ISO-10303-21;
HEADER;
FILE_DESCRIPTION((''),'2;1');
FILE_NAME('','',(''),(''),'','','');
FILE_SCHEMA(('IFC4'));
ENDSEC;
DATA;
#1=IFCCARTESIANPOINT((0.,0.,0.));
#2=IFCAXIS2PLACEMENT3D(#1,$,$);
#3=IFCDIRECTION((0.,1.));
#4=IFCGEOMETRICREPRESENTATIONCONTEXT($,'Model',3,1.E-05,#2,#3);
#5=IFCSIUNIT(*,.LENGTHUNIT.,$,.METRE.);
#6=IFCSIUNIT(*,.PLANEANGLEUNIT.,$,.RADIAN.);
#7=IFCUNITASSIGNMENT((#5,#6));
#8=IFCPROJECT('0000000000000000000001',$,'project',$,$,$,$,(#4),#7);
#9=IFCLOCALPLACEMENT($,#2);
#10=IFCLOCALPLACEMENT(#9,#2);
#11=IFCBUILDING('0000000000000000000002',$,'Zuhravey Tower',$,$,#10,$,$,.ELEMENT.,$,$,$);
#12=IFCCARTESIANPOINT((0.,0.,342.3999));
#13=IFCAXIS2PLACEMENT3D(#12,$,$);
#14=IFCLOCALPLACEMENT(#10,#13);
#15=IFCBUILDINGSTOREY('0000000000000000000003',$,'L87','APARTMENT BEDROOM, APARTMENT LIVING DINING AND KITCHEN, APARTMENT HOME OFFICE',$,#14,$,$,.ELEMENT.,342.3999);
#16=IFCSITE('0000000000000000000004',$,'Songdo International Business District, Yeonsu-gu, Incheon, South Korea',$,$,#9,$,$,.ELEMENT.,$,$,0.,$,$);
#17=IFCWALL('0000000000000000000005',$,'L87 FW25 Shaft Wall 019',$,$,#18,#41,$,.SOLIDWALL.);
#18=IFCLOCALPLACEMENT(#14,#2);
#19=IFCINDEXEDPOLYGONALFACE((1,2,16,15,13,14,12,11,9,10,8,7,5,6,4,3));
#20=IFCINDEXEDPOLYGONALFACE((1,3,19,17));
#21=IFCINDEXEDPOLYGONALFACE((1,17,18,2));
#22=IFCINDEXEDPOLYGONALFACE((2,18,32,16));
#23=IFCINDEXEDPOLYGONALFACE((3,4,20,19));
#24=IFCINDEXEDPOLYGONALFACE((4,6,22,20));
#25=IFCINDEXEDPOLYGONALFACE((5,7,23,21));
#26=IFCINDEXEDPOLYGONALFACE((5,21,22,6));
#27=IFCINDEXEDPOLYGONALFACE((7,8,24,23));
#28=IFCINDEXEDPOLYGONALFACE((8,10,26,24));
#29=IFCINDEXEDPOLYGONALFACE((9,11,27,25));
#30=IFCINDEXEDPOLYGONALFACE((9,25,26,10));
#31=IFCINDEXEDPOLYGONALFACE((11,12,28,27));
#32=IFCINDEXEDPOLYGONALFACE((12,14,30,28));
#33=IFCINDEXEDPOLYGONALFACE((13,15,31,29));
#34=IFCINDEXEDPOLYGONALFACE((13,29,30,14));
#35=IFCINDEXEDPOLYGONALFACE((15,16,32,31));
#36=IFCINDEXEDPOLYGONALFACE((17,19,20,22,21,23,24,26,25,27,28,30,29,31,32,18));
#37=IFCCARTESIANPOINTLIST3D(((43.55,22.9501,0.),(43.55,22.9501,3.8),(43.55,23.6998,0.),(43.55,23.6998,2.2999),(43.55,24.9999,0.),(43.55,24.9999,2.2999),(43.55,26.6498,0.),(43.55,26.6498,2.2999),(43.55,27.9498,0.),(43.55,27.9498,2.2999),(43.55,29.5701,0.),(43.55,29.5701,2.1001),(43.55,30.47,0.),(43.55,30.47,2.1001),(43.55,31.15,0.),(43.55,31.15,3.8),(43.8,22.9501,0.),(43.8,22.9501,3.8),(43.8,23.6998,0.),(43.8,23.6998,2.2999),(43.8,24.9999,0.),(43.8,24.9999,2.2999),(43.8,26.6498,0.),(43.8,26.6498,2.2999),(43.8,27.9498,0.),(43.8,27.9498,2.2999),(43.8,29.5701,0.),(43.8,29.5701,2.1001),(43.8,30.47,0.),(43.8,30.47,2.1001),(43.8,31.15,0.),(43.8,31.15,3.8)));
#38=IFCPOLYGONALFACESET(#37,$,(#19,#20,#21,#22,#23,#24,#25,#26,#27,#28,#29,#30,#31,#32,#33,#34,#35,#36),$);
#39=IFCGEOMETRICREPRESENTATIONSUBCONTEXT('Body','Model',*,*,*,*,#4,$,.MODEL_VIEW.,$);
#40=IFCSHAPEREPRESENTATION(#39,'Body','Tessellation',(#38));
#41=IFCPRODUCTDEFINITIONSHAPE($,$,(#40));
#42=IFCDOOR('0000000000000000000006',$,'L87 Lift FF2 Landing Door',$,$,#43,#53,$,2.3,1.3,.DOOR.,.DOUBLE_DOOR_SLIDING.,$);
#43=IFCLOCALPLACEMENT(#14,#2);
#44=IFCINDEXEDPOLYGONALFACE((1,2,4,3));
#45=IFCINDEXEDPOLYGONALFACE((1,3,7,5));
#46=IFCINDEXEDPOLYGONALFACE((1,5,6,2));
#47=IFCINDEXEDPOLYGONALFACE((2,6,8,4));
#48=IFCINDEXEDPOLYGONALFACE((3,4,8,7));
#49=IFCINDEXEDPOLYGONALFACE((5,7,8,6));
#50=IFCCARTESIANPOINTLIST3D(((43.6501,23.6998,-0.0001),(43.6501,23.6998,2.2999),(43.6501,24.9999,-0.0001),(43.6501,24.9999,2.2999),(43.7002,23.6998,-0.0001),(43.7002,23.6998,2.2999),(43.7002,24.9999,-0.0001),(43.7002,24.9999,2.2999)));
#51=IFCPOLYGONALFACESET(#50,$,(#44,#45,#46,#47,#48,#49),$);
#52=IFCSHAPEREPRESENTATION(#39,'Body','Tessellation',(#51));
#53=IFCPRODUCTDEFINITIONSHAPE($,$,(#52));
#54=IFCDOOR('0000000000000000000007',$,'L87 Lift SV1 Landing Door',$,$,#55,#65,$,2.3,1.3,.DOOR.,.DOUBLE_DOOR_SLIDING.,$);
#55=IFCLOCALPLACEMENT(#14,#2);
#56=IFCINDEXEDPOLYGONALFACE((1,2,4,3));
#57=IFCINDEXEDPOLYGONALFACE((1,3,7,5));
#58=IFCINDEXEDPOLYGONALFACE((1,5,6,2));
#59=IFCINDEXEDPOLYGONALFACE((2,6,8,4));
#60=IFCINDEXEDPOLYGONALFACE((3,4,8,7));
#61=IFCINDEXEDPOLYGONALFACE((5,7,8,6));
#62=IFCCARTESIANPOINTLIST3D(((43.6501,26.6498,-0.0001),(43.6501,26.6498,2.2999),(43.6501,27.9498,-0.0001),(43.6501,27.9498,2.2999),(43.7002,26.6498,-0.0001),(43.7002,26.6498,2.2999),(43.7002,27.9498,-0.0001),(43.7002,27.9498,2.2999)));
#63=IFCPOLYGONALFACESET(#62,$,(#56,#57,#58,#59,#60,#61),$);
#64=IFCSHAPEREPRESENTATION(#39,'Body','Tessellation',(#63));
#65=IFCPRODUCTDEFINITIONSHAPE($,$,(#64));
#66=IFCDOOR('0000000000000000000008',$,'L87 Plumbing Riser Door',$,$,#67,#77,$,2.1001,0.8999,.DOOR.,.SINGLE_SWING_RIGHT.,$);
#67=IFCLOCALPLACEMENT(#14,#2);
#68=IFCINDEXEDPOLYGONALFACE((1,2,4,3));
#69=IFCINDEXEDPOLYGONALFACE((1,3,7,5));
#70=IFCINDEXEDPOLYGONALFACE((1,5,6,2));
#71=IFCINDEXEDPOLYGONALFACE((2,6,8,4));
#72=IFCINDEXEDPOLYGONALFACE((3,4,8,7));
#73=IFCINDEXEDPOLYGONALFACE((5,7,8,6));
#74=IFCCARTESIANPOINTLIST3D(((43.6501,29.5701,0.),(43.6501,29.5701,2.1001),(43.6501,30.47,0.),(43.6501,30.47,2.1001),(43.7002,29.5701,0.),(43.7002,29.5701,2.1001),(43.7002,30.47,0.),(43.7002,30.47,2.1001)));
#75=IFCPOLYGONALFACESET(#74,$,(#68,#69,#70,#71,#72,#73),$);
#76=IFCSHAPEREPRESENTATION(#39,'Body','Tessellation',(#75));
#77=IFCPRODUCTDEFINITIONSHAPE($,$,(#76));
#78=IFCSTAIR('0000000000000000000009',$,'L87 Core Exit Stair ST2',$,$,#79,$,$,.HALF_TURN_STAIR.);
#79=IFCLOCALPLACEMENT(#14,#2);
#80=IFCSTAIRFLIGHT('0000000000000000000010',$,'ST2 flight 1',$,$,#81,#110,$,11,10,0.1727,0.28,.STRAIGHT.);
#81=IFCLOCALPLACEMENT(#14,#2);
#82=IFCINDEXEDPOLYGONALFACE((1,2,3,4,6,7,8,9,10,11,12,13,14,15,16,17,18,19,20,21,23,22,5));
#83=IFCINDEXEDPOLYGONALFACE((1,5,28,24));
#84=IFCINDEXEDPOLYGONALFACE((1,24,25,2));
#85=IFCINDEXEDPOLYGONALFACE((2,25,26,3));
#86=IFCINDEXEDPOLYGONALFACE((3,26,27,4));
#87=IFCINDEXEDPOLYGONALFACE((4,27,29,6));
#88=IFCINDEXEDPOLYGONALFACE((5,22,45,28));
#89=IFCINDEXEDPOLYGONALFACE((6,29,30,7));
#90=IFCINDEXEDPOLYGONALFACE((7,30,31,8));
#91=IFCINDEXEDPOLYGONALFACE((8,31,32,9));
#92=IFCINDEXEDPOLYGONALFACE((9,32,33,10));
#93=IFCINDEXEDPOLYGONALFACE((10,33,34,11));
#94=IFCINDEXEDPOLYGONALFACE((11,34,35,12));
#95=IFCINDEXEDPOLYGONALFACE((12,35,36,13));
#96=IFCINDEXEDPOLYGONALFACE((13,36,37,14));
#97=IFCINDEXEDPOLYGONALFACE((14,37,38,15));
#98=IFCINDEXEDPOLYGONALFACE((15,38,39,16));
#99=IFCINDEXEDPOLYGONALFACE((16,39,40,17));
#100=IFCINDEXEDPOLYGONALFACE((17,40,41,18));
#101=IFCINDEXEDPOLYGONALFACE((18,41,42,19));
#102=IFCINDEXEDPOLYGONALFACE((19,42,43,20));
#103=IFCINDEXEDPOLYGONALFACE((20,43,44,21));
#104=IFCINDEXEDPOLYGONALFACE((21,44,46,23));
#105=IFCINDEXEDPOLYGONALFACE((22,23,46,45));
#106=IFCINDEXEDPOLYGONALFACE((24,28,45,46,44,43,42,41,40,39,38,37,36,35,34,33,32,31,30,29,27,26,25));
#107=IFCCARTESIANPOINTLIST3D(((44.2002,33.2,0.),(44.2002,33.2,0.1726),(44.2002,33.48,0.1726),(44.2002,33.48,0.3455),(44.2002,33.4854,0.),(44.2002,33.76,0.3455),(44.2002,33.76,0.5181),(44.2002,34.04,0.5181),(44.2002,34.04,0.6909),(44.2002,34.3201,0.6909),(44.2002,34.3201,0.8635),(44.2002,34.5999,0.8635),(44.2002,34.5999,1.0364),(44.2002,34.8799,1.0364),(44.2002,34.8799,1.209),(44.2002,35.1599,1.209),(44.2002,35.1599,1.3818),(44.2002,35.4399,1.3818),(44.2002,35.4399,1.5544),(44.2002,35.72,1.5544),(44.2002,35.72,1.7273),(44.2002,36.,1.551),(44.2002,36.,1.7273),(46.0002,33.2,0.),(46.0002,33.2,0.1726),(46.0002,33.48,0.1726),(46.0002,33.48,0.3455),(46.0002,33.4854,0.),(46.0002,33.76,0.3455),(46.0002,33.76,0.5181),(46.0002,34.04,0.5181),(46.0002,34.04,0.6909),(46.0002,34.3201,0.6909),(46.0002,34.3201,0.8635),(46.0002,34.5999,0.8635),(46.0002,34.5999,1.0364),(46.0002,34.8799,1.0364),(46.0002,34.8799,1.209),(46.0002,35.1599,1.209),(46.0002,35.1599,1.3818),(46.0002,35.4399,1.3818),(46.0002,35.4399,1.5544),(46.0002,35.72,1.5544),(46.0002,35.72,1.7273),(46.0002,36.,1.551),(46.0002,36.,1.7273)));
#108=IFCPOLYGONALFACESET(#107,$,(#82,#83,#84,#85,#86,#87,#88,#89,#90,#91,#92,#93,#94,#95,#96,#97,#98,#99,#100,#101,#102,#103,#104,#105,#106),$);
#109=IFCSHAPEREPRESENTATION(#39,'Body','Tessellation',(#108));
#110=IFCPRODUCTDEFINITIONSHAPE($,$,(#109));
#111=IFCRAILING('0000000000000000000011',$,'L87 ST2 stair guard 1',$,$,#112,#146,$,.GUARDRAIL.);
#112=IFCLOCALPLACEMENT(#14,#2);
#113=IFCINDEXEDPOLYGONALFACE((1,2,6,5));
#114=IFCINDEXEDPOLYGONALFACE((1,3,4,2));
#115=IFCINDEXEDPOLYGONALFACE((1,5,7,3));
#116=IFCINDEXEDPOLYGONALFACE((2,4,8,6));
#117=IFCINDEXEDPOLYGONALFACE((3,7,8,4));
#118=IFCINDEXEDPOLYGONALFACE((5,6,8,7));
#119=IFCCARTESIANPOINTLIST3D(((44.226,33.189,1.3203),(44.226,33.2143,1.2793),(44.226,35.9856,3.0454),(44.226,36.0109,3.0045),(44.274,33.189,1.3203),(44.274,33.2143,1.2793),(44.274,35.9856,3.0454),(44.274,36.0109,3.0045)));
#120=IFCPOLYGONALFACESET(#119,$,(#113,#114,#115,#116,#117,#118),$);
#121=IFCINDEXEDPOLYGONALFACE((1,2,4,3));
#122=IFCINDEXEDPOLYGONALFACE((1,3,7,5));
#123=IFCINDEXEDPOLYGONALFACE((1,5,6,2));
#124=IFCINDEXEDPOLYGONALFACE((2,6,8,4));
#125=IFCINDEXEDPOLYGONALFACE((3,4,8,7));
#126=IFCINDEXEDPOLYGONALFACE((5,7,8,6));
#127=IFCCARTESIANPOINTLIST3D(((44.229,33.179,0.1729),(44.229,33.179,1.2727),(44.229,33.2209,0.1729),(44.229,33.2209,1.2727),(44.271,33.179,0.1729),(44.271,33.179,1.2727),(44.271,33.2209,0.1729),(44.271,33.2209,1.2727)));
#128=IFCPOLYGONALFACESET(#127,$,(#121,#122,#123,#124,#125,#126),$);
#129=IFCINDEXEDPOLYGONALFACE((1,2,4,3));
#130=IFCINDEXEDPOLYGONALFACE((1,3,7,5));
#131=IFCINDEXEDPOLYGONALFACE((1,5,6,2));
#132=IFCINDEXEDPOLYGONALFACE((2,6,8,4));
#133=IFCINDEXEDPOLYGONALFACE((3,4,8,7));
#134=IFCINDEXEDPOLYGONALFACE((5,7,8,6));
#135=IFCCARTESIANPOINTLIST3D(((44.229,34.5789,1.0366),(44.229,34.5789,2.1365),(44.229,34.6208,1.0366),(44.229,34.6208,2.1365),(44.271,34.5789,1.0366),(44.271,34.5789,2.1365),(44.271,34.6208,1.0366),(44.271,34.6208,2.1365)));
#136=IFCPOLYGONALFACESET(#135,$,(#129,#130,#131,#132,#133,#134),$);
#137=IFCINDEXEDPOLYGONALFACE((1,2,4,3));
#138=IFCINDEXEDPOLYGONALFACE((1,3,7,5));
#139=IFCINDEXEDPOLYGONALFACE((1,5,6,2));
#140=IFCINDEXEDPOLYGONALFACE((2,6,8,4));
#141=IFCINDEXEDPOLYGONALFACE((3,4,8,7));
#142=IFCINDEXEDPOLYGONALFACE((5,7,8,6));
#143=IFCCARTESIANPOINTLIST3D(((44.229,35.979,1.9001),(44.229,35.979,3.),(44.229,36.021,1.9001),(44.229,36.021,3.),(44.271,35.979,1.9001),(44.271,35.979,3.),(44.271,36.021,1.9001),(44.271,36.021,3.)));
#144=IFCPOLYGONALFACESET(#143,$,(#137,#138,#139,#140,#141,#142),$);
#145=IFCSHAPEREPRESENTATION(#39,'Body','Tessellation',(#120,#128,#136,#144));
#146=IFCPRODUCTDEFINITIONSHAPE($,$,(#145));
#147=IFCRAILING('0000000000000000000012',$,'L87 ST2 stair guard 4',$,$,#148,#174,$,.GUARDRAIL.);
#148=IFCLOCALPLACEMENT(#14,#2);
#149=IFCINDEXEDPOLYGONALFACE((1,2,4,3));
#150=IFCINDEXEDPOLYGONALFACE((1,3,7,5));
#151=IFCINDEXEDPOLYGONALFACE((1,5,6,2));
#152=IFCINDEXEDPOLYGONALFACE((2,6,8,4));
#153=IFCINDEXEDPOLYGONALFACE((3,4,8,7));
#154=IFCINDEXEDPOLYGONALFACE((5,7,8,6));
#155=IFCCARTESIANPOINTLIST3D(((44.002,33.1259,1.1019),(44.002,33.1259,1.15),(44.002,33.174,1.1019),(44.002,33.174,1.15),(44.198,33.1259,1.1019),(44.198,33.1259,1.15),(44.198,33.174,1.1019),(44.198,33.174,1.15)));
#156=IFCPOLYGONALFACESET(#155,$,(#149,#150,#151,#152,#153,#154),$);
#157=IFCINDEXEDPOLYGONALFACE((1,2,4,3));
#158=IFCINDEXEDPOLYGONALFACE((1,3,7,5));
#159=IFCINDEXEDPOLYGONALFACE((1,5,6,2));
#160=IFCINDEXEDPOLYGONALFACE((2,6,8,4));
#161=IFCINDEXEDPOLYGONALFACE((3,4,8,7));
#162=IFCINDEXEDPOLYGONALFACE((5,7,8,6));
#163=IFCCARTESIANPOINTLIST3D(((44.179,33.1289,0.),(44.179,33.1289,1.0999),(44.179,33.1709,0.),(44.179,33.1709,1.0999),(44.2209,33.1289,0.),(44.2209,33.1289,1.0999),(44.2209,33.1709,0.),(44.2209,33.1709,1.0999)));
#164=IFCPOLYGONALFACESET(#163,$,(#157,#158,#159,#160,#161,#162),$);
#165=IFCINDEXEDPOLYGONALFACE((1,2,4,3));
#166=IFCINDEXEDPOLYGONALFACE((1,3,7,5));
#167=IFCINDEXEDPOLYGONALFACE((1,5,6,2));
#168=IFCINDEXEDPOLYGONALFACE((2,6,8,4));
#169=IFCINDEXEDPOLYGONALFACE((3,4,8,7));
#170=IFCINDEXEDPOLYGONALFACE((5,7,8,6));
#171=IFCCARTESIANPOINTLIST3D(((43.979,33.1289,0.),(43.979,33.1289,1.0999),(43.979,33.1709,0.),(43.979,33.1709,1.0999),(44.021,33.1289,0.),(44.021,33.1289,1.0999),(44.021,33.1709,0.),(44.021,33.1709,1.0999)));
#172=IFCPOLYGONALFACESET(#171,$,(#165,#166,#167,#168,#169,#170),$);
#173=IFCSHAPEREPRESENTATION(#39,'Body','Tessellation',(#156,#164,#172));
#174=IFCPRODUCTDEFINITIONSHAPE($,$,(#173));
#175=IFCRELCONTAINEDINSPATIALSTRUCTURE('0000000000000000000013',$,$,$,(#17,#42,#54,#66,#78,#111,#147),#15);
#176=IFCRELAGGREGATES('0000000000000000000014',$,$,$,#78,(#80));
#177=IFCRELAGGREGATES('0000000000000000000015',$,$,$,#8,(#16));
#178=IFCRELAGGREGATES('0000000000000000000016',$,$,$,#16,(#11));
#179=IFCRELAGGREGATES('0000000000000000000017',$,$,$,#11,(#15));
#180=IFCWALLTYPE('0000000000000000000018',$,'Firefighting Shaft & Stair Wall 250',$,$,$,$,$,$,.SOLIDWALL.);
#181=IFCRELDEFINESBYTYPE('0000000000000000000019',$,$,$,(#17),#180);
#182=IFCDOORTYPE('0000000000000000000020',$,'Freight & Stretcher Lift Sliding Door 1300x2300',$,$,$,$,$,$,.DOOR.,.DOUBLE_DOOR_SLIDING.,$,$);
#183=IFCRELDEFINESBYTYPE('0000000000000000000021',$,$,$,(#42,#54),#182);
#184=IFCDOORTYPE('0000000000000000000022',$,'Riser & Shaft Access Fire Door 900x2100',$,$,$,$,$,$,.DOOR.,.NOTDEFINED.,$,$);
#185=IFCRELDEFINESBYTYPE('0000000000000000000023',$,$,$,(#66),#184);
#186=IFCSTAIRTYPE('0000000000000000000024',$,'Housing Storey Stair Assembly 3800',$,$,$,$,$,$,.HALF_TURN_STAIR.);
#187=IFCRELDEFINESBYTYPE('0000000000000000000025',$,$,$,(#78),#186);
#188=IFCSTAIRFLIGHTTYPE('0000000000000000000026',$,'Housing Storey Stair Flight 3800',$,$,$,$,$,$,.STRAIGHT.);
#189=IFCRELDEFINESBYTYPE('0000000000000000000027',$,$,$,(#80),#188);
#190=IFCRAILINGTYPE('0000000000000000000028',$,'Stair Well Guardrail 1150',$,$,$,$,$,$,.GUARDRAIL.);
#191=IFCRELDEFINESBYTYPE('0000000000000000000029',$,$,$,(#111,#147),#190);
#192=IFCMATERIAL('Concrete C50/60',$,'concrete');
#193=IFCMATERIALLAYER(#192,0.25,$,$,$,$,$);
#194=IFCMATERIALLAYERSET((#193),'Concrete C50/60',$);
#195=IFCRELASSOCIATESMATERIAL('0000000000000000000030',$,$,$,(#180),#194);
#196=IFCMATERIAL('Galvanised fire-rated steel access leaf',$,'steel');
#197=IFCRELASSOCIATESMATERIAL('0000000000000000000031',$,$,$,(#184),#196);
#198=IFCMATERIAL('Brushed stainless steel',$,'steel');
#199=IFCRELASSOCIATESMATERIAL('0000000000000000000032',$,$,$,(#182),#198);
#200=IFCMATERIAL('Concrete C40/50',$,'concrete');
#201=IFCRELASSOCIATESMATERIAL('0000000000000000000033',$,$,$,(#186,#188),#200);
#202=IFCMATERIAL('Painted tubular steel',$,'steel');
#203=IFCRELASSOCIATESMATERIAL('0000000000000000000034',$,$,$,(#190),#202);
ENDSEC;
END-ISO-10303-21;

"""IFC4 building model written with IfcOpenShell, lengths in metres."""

from ifc_helpers import new_model, si_unit, direction, frame, frame_2d, origin, origin_2d, place, context, subcontext, project, spatial, polyline, rectangle, outline, extrude, material, layer, layer_set, type_object, element, fill, aggregate, save


model = new_model("IFC4")

# Units and contexts
model_context = context("Model", 3, precision=1e-05, world=origin(), true_north=direction((0.0, 1.0)))
body_context = subcontext(model_context, "Body", "Model", "MODEL_VIEW")
ifc_project = project(units=[si_unit("LENGTHUNIT", "METRE"), si_unit("PLANEANGLEUNIT", "RADIAN")], contexts=[model_context])

# Site, building, storey
site_placement = place(None, origin())
site = spatial("IfcSite", under=ifc_project, at=site_placement, Name="Songdo International Business District, Yeonsu-gu, Incheon, South Korea", CompositionType="ELEMENT", RefElevation=0.0)
building_placement = place(site_placement, origin())
building = spatial("IfcBuilding", under=site, at=building_placement, Name="Zuhravey Tower", CompositionType="ELEMENT")
storey_placement = place(building_placement, frame((0.0, 0.0, 342.3999)))
storey = spatial("IfcBuildingStorey", under=building, at=storey_placement, Name="L87", Description="APARTMENT BEDROOM, APARTMENT LIVING DINING AND KITCHEN, APARTMENT HOME OFFICE", CompositionType="ELEMENT", Elevation=342.3999)

# Shared definitions
ifc_material_1 = material(Name="Concrete C50/60", Category="concrete")
ifc_layer = layer(ifc_material_1, 0.25)
ifc_layer_set = layer_set([ifc_layer], Name="Concrete C50/60")
wall_type = type_object("IfcWallType", Name="Firefighting Shaft & Stair Wall 250", PredefinedType="SOLIDWALL", material=ifc_layer_set)

# Shared definitions
ifc_material_2 = material(Name="Galvanised fire-rated steel access leaf", Category="steel")
door_type_1 = type_object("IfcDoorType", Name="Riser & Shaft Access Fire Door 900x2100", OperationType="NOTDEFINED", PredefinedType="DOOR", material=ifc_material_2)
ifc_material_3 = material(Name="Brushed stainless steel", Category="steel")

# Wall, openings, doors
wall_1_placement = place(storey_placement, frame((43.675, 22.95, 0.0), z_axis=(0.0, 0.0, 1.0), x_axis=(0.0, 1.0, 0.0)))
wall_1 = element("IfcWall", 1, at=wall_1_placement, inside=storey, type_object=wall_type, Name="L87 FW25 Shaft Wall 019", PredefinedType="SOLIDWALL", context=body_context, shape_type="SweptSolid", body=[
    extrude(rectangle(XDim=8.2, YDim=0.25, at=frame_2d((4.1001, 0.0))), origin(), (0.0, 0.0, 1.0), 3.8),
])
opening_1_placement = place(wall_1_placement, frame((0.75, 0.0, 0.0)))
opening_1 = element("IfcOpeningElement", 2, at=opening_1_placement, cuts=wall_1, PredefinedType="OPENING", context=body_context, shape_type="SweptSolid", body=[
    extrude(rectangle(XDim=1.3, YDim=2.3, at=frame_2d((0.6499, 1.1499))), frame((0.0, 0.137, 0.0), z_axis=(0.0, -1.0, 0.0), x_axis=(1.0, 0.0, 0.0)), (0.0, 0.0, 1.0), 0.2739),
])
opening_2_placement = place(wall_1_placement, frame((3.7, 0.0, 0.0)))
opening_2 = element("IfcOpeningElement", 3, at=opening_2_placement, cuts=wall_1, PredefinedType="OPENING", context=body_context, shape_type="SweptSolid", body=[
    extrude(rectangle(XDim=1.3, YDim=2.3, at=frame_2d((0.6499, 1.1499))), frame((0.0, 0.137, 0.0), z_axis=(0.0, -1.0, 0.0), x_axis=(1.0, 0.0, 0.0)), (0.0, 0.0, 1.0), 0.2739),
])
opening_3_placement = place(wall_1_placement, frame((6.6201, 0.0, 0.0)))
opening_3 = element("IfcOpeningElement", 4, at=opening_3_placement, cuts=wall_1, PredefinedType="OPENING", context=body_context, shape_type="SweptSolid", body=[
    extrude(rectangle(XDim=0.8999, YDim=2.1001, at=frame_2d((0.45, 1.05))), frame((0.0, 0.137, 0.0), z_axis=(0.0, -1.0, 0.0), x_axis=(1.0, 0.0, 0.0)), (0.0, 0.0, 1.0), 0.2739),
])
door_type_2 = type_object("IfcDoorType", Name="Freight & Stretcher Lift Sliding Door 1300x2300", OperationType="DOUBLE_DOOR_SLIDING", PredefinedType="DOOR", material=ifc_material_3)
door_1_placement = place(opening_1_placement, origin())
door_1 = element("IfcDoor", 5, at=door_1_placement, inside=storey, type_object=door_type_2, Name="L87 Lift FF2 Landing Door", OperationType="DOUBLE_DOOR_SLIDING", OverallHeight=2.3, OverallWidth=1.3, PredefinedType="DOOR", context=body_context, shape_type="SweptSolid", body=[
    extrude(rectangle(XDim=1.3, YDim=2.3, at=frame_2d((0.6499, 1.1499))), frame((0.0, 0.0249, 0.0), z_axis=(0.0, -1.0, 0.0), x_axis=(1.0, 0.0, 0.0)), (0.0, 0.0, 1.0), 0.05),
])
fill(opening_1, door_1)
door_2_placement = place(opening_2_placement, origin())
door_2 = element("IfcDoor", 6, at=door_2_placement, inside=storey, type_object=door_type_2, Name="L87 Lift SV1 Landing Door", OperationType="DOUBLE_DOOR_SLIDING", OverallHeight=2.3, OverallWidth=1.3, PredefinedType="DOOR", context=body_context, shape_type="SweptSolid", body=[
    extrude(rectangle(XDim=1.3, YDim=2.3, at=frame_2d((0.6499, 1.1499))), frame((0.0, 0.0249, 0.0), z_axis=(0.0, -1.0, 0.0), x_axis=(1.0, 0.0, 0.0)), (0.0, 0.0, 1.0), 0.05),
])
fill(opening_2, door_2)
door_3_placement = place(opening_3_placement, origin())
door_3 = element("IfcDoor", 7, at=door_3_placement, inside=storey, type_object=door_type_1, Name="L87 Plumbing Riser Door", OperationType="SINGLE_SWING_RIGHT", OverallHeight=2.1001, OverallWidth=0.8999, PredefinedType="DOOR", context=body_context, shape_type="SweptSolid", body=[
    extrude(rectangle(XDim=0.8999, YDim=2.1001, at=frame_2d((0.45, 1.05))), frame((0.0, 0.0249, 0.0), z_axis=(0.0, -1.0, 0.0), x_axis=(1.0, 0.0, 0.0)), (0.0, 0.0, 1.0), 0.05),
])
fill(opening_3, door_3)

# Stair, stair flight
ifc_material_4 = material(Name="Concrete C40/50", Category="concrete")
stair_type = type_object("IfcStairType", Name="Housing Storey Stair Assembly 3800", PredefinedType="HALF_TURN_STAIR", material=ifc_material_4)
stair_placement = place(storey_placement, origin())
stair = element("IfcStair", 8, at=stair_placement, inside=storey, type_object=stair_type, Name="L87 Core Exit Stair ST2", PredefinedType="HALF_TURN_STAIR")
stair_flight_type = type_object("IfcStairFlightType", Name="Housing Storey Stair Flight 3800", PredefinedType="STRAIGHT", material=ifc_material_4)
stair_flight_placement = place(storey_placement, frame((45.1001, 33.2, 0.0), z_axis=(0.0, 0.0, 1.0), x_axis=(0.0, 1.0, 0.0)))
stair_flight = element("IfcStairFlight", 9, at=stair_flight_placement, type_object=stair_flight_type, Name="ST2 flight 1", NumberOfRisers=11, NumberOfTreads=10, PredefinedType="STRAIGHT", RiserHeight=0.1727, TreadLength=0.28, context=body_context, shape_type="SweptSolid", body=[
    extrude(outline(polyline([(0.0, 0.0), (0.0, 0.1726), (0.28, 0.1726), (0.28, 0.3455), (0.5601, 0.3455), (0.5601, 0.5181), (0.8401, 0.5181), (0.8401, 0.6909), (1.1201, 0.6909), (1.1201, 0.8635), (1.3999, 0.8635), (1.3999, 1.0364), (1.6799, 1.0364), (1.6799, 1.209), (1.96, 1.209), (1.96, 1.3818), (2.24, 1.3818), (2.24, 1.5544), (2.52, 1.5544), (2.52, 1.7273), (2.8, 1.7273), (2.8, 1.8999), (2.8, 1.551), (0.2854, 0.0), (0.0, 0.0)])), frame((0.0, 0.8999, 0.0), z_axis=(0.0, -1.0, 0.0), x_axis=(1.0, 0.0, 0.0)), (0.0, 0.0, 1.0), 1.8),
])
aggregate(stair, [stair_flight])

# Railings
ifc_material_5 = material(Name="Painted tubular steel", Category="steel")
railing_type = type_object("IfcRailingType", Name="Stair Well Guardrail 1150", PredefinedType="GUARDRAIL", material=ifc_material_5)
railing_1_placement = place(storey_placement, frame((44.25, 33.2, 0.1729)))
element("IfcRailing", 10, at=railing_1_placement, inside=storey, type_object=railing_type, Name="L87 ST2 stair guard 1", PredefinedType="GUARDRAIL", context=body_context, shape_type="SweptSolid", body=[
    extrude(rectangle(XDim=0.0481, YDim=0.0481, at=origin_2d()), frame((0.0, 0.0017, 1.127), z_axis=(0.0, 0.85109, 0.52502), x_axis=(-1.0, 0.0, 0.0)), (0.0, 0.0, 1.0), 3.2859),
    extrude(rectangle(XDim=0.042, YDim=0.042, at=origin_2d()), origin(), (0.0, 0.0, 1.0), 1.0999),
    extrude(rectangle(XDim=0.042, YDim=0.042, at=origin_2d()), frame((0.0, 1.3999, 0.8638)), (0.0, 0.0, 1.0), 1.0999),
    extrude(rectangle(XDim=0.042, YDim=0.042, at=origin_2d()), frame((0.0, 2.8, 1.7273)), (0.0, 0.0, 1.0), 1.0999),
])
railing_2_placement = place(storey_placement, frame((44.2, 33.1499, 0.0)))
element("IfcRailing", 11, at=railing_2_placement, inside=storey, type_object=railing_type, Name="L87 ST2 stair guard 4", PredefinedType="GUARDRAIL", context=body_context, shape_type="SweptSolid", body=[
    extrude(rectangle(XDim=0.0481, YDim=0.0481, at=origin_2d()), frame((-0.002, 0.0, 1.126), z_axis=(-1.0, 0.0, 0.0), x_axis=(0.0, -1.0, 0.0)), (0.0, 0.0, 1.0), 0.196),
    extrude(rectangle(XDim=0.042, YDim=0.042, at=origin_2d()), origin(), (0.0, 0.0, 1.0), 1.0999),
    extrude(rectangle(XDim=0.042, YDim=0.042, at=origin_2d()), frame((-0.2, 0.0, 0.0)), (0.0, 0.0, 1.0), 1.0999),
])

save(model, "model.ifc")
